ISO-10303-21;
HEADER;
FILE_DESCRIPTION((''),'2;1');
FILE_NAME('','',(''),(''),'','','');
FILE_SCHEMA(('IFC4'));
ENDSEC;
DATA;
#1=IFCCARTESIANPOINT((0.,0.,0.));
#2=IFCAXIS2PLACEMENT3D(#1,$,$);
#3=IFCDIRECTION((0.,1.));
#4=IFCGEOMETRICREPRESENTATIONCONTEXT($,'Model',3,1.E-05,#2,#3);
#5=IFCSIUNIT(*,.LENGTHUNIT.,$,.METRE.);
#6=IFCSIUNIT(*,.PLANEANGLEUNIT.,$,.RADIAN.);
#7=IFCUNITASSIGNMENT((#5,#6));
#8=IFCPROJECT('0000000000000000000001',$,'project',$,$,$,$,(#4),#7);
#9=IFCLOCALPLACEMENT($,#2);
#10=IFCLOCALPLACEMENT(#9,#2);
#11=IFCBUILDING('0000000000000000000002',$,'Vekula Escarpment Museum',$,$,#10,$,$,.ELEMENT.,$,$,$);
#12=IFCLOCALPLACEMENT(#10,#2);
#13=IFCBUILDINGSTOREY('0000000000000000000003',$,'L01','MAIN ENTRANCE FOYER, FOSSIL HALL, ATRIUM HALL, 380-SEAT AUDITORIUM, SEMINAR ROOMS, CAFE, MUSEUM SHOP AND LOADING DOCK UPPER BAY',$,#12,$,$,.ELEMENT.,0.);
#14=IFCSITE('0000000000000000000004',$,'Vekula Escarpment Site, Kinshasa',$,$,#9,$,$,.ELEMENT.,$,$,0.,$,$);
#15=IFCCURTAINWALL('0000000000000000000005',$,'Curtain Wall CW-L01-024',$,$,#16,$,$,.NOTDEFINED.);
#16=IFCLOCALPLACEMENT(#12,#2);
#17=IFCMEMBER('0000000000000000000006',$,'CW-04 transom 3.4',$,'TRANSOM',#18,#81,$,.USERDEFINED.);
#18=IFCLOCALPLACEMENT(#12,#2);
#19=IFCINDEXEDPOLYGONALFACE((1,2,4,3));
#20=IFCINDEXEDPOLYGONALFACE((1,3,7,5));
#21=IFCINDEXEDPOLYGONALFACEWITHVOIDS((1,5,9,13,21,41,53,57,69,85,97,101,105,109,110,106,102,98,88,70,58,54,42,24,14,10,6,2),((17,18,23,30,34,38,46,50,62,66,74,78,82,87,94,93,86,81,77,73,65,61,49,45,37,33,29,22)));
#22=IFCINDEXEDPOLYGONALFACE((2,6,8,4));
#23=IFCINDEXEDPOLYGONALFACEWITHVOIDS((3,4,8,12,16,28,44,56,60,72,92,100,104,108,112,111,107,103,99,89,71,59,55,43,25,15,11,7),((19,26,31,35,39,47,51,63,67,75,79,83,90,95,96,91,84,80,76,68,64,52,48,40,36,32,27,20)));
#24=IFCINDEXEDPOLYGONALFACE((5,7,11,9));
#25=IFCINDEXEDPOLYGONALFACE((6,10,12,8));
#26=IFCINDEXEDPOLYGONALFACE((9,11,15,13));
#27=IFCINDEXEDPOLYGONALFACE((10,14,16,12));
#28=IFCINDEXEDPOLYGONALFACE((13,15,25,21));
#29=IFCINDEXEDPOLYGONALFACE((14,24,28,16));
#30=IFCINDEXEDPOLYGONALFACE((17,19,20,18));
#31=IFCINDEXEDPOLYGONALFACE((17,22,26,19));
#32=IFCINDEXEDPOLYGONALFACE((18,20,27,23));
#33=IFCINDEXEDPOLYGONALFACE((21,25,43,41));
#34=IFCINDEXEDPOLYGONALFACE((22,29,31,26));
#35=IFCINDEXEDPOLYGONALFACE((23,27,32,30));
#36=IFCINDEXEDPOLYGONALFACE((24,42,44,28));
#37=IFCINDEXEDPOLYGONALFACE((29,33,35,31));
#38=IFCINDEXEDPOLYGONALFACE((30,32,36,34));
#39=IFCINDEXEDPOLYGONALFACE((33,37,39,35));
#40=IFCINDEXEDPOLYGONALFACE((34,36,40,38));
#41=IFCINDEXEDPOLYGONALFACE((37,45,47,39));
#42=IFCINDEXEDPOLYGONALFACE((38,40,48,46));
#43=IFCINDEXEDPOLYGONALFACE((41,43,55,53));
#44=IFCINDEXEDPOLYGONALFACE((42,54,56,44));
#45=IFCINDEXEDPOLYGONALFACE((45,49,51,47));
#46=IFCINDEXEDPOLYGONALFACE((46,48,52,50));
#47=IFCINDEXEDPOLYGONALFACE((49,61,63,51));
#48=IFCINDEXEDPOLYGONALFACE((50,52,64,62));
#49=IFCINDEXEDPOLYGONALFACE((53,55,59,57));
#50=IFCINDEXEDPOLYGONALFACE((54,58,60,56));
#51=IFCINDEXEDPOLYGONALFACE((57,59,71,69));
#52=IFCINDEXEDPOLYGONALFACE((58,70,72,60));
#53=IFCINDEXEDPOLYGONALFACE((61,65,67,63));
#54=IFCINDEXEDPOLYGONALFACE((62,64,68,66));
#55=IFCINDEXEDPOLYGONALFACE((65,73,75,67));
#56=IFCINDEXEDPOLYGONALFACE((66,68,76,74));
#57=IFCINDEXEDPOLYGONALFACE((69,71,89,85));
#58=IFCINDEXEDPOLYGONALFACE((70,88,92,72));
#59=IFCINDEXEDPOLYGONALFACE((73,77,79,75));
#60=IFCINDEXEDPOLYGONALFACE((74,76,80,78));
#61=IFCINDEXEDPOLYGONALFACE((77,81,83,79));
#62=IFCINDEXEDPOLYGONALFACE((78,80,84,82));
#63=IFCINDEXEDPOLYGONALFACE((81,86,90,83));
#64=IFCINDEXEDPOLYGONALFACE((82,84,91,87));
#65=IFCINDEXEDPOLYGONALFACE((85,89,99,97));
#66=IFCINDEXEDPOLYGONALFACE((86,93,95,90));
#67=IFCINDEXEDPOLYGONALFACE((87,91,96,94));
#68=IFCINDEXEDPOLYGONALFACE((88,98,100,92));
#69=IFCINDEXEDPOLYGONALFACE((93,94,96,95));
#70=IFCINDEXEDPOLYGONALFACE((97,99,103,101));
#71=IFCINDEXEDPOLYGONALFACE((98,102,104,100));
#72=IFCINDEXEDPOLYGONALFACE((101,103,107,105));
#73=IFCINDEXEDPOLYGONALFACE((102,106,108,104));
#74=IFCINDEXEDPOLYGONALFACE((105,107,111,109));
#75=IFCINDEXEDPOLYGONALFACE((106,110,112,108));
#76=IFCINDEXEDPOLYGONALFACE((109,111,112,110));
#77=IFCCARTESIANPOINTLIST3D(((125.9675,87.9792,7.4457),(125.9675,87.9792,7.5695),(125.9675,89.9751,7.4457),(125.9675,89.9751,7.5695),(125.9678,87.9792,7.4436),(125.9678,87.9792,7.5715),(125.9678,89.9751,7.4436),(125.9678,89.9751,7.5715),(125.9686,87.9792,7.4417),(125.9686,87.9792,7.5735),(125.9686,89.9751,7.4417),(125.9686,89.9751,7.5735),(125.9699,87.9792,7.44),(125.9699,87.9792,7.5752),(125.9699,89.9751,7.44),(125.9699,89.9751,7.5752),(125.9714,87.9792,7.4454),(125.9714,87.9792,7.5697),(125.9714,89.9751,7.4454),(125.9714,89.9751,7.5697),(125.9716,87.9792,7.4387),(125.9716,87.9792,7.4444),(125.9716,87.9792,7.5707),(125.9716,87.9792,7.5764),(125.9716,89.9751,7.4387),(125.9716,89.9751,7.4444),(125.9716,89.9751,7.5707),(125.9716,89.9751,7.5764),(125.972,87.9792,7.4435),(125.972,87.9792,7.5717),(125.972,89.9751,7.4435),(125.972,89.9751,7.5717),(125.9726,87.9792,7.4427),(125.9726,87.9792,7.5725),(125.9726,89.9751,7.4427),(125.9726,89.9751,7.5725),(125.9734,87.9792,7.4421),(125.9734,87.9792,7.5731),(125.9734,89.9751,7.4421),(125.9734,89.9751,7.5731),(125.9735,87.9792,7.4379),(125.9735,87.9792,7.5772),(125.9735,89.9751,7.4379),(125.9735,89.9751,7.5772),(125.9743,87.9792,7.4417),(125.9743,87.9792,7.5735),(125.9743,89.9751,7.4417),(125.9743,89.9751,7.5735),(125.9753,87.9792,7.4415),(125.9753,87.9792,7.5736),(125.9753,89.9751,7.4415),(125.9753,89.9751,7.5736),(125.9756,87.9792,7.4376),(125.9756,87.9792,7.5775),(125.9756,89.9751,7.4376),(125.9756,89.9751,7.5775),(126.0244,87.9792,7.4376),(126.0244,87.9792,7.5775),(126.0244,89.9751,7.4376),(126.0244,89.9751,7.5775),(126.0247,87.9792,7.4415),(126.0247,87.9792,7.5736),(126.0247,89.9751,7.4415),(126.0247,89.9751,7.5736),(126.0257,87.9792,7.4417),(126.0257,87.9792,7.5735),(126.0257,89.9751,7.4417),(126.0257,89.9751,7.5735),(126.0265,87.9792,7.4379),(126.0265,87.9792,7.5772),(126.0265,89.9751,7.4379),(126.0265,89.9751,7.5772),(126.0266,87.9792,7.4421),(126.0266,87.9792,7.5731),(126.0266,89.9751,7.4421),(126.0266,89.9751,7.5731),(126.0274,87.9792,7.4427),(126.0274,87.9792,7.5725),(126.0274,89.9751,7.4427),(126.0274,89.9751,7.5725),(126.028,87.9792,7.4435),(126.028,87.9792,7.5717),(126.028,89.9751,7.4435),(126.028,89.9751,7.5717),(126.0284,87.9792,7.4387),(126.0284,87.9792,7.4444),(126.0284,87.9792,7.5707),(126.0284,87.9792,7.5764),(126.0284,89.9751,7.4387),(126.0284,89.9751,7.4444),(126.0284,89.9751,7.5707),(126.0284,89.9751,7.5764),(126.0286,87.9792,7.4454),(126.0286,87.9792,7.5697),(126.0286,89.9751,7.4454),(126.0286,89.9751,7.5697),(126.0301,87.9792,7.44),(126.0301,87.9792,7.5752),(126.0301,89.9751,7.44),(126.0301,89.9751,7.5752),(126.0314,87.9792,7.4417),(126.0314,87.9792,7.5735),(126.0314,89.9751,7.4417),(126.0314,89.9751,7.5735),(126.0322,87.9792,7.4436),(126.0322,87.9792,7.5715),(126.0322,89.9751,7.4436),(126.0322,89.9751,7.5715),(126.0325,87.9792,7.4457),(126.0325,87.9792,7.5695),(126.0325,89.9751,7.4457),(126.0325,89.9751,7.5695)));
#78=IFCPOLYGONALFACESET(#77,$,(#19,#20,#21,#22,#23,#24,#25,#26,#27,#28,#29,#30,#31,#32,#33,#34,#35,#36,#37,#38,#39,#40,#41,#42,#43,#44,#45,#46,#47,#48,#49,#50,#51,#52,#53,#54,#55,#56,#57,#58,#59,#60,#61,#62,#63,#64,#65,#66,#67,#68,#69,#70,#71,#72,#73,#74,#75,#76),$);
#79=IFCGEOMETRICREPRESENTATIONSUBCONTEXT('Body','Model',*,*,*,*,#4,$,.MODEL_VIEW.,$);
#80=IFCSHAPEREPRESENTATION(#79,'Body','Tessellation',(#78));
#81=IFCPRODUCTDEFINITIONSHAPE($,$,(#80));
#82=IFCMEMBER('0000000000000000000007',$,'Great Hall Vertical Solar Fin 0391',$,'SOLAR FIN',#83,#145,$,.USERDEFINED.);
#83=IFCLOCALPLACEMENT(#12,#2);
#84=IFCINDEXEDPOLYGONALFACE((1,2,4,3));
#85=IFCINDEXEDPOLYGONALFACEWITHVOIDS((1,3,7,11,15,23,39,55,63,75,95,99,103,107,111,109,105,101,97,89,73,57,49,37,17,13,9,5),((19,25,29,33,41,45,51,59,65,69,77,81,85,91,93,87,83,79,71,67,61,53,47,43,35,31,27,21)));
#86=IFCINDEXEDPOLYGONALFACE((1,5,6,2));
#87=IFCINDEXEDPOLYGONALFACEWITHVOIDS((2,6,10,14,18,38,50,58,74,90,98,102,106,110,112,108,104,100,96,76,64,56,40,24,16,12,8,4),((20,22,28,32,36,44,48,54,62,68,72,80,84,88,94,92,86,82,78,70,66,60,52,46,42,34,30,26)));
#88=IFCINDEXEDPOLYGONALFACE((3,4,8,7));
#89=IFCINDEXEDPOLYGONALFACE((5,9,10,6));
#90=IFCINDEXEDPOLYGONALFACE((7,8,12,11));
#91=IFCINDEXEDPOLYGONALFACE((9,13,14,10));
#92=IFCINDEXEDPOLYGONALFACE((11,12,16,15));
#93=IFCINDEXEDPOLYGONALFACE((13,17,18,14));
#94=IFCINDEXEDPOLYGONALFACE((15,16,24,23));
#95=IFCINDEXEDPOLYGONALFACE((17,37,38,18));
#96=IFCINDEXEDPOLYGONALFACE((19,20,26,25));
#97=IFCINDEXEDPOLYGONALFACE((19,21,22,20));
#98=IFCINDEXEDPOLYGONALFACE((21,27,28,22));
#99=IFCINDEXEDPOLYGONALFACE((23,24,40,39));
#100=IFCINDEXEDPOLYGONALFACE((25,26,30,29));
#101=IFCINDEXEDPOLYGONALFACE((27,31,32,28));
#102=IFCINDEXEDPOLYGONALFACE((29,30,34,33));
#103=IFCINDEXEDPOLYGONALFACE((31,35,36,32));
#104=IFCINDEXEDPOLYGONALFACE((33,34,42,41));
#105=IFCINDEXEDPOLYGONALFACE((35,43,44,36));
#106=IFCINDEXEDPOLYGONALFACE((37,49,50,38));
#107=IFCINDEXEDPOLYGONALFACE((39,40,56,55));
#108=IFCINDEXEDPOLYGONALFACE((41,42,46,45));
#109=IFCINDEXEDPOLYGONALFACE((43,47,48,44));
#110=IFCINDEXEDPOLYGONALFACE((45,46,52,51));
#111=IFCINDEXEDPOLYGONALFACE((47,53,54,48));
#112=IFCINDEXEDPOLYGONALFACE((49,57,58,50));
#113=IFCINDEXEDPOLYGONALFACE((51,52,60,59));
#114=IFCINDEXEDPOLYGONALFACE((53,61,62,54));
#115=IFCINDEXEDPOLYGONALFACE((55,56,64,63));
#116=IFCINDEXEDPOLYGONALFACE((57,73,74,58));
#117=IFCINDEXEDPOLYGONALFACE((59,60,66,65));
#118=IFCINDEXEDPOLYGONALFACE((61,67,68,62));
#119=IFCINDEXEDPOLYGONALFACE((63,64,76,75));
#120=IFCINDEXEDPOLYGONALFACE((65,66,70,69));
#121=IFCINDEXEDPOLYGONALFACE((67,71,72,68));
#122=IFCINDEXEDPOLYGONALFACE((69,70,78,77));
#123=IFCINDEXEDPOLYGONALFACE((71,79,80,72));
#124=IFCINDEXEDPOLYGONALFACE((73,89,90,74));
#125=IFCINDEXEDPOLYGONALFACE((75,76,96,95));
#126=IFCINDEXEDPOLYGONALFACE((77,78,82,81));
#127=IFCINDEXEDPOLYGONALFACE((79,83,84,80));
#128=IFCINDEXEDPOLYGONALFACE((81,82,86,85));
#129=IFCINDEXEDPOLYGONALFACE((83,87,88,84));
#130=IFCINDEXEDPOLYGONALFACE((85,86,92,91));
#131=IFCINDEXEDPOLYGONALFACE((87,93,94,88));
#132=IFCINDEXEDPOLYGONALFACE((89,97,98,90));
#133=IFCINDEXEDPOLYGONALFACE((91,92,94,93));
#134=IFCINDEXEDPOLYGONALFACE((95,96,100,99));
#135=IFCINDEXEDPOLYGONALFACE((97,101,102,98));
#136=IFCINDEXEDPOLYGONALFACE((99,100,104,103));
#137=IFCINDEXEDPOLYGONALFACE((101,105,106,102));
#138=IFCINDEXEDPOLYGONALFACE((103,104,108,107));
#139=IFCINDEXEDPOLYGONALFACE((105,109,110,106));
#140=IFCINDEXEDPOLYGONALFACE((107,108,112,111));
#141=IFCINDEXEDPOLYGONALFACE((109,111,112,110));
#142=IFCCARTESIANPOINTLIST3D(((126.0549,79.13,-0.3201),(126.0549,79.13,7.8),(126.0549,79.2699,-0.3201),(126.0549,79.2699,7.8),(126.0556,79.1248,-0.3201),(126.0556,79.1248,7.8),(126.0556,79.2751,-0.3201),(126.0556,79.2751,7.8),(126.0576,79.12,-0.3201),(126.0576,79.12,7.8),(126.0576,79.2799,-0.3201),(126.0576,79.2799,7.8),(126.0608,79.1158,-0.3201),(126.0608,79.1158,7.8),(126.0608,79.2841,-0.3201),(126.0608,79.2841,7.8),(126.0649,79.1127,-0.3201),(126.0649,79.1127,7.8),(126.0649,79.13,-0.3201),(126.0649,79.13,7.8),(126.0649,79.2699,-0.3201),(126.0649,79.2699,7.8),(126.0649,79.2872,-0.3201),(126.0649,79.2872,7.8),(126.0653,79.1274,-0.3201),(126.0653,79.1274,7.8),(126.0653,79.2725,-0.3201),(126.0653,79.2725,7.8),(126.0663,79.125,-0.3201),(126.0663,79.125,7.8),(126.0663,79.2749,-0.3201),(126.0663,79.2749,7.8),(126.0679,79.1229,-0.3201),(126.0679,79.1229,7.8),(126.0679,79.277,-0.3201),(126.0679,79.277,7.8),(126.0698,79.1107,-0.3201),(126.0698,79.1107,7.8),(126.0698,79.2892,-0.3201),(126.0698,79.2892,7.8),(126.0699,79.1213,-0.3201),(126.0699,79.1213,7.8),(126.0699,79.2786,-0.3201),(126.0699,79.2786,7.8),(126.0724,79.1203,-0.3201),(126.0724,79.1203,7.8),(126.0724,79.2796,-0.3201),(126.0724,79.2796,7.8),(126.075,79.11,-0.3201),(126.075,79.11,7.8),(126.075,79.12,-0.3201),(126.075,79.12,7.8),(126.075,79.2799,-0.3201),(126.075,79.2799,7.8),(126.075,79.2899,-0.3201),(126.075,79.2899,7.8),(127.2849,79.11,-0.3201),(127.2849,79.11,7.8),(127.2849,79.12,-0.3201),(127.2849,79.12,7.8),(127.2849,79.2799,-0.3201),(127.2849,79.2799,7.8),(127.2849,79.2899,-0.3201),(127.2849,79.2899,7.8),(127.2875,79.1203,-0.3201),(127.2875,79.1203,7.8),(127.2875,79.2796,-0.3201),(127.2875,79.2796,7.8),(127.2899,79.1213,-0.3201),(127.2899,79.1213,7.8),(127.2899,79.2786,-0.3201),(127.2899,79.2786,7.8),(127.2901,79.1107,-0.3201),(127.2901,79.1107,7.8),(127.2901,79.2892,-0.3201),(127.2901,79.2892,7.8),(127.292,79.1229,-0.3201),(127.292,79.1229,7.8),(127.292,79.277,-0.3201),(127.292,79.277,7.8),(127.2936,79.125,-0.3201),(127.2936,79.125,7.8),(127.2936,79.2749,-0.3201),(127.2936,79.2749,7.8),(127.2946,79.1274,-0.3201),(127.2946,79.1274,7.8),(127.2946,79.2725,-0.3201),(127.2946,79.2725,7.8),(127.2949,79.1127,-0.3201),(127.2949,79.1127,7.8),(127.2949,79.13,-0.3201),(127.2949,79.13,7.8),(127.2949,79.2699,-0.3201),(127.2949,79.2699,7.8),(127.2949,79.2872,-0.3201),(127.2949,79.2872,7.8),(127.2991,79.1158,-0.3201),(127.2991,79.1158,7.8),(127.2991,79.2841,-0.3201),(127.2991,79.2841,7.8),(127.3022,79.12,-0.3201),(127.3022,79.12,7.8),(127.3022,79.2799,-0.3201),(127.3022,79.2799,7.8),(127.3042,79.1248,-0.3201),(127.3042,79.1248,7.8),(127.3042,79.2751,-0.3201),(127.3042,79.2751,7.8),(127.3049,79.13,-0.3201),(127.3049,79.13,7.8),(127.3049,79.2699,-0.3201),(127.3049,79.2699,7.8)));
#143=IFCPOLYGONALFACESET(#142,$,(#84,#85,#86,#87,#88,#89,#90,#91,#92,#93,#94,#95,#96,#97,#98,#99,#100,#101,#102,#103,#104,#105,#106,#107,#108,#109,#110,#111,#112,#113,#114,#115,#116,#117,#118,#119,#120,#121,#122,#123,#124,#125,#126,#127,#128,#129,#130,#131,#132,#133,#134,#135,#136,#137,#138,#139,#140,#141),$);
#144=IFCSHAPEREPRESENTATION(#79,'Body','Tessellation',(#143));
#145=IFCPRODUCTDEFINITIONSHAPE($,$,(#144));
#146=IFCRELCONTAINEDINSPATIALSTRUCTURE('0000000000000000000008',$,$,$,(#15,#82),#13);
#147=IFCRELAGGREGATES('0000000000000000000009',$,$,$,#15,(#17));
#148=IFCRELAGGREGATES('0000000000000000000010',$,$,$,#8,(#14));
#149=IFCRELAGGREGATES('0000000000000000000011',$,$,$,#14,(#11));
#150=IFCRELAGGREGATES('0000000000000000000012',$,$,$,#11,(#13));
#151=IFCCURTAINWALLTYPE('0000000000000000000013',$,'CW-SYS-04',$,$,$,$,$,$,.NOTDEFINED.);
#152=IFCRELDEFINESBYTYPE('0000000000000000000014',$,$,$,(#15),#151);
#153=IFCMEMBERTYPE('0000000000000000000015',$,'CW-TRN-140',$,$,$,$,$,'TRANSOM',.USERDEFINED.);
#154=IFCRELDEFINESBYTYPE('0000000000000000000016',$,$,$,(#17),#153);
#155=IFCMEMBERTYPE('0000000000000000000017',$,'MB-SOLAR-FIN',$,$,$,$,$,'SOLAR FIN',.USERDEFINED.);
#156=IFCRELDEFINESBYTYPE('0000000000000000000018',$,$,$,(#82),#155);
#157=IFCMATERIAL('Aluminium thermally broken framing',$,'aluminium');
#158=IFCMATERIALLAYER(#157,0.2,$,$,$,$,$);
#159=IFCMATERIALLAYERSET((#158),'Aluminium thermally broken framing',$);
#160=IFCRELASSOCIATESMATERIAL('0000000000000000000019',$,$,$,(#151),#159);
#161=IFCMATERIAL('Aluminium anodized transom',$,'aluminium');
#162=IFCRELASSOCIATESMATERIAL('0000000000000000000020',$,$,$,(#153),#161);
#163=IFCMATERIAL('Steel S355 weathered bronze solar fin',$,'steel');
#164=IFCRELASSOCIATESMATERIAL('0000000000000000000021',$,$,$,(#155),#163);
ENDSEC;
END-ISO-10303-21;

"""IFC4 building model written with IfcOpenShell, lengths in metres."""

from ifc_helpers import new_model, si_unit, direction, frame, origin, origin_2d, place, context, subcontext, project, spatial, hollow_rectangle, extrude, material, layer, layer_set, material_profile, profile_set, type_object, element, aggregate, save


model = new_model("IFC4")

# Units and contexts
model_context = context("Model", 3, precision=1e-05, world=origin(), true_north=direction((0.0, 1.0)))
body_context = subcontext(model_context, "Body", "Model", "MODEL_VIEW")
ifc_project = project(units=[si_unit("LENGTHUNIT", "METRE"), si_unit("PLANEANGLEUNIT", "RADIAN")], contexts=[model_context])

# Site, building, storey
site_placement = place(None, origin())
site = spatial("IfcSite", under=ifc_project, at=site_placement, Name="Vekula Escarpment Site, Kinshasa", CompositionType="ELEMENT", RefElevation=0.0)
building_placement = place(site_placement, origin())
building = spatial("IfcBuilding", under=site, at=building_placement, Name="Vekula Escarpment Museum", CompositionType="ELEMENT")
storey_placement = place(building_placement, origin())
storey = spatial("IfcBuildingStorey", under=building, at=storey_placement, Name="L01", Description="MAIN ENTRANCE FOYER, FOSSIL HALL, ATRIUM HALL, 380-SEAT AUDITORIUM, SEMINAR ROOMS, CAFE, MUSEUM SHOP AND LOADING DOCK UPPER BAY", CompositionType="ELEMENT", Elevation=0.0)

# Curtain wall, member
ifc_material_1 = material(Name="Aluminium thermally broken framing", Category="aluminium")
ifc_layer_1 = layer(ifc_material_1, 0.2)
ifc_layer_set_1 = layer_set([ifc_layer_1], Name="Aluminium thermally broken framing")
curtain_wall_type = type_object("IfcCurtainWallType", Name="CW-SYS-04", PredefinedType="NOTDEFINED", material=ifc_layer_set_1)
curtain_wall_placement = place(storey_placement, origin())
curtain_wall = element("IfcCurtainWall", 1, at=curtain_wall_placement, inside=storey, type_object=curtain_wall_type, Name="Curtain Wall CW-L01-024", PredefinedType="NOTDEFINED")
ifc_material_2 = material(Name="Aluminium anodized transom", Category="aluminium")
ifc_material_profile_1 = material_profile(ifc_material_2, hollow_rectangle(XDim=0.0649, YDim=0.1399, WallThickness=0.0039, InnerFilletRadius=0.0039, OuterFilletRadius=0.0081, at=origin_2d()), Name="ALU 140x65x4")
ifc_profile_set_1 = profile_set([ifc_material_profile_1], Name="Aluminium anodized transom")
member_type_1 = type_object("IfcMemberType", Name="CW-TRN-140", ElementType="TRANSOM", PredefinedType="USERDEFINED", material=ifc_profile_set_1)
member_1_placement = place(storey_placement, frame((126.0, 87.9792, 7.5076), z_axis=(0.0, 1.0, 0.0), x_axis=(-1.0, 0.0, 0.0)))
member_1 = element("IfcMember", 2, at=member_1_placement, type_object=member_type_1, Name="CW-04 transom 3.4", ObjectType="TRANSOM", PredefinedType="USERDEFINED", context=body_context, shape_type="SweptSolid", body=[
    extrude(hollow_rectangle(XDim=0.0649, YDim=0.1399, WallThickness=0.0039, InnerFilletRadius=0.0039, OuterFilletRadius=0.0081, at=origin_2d()), origin(), (0.0, 0.0, 1.0), 1.9958),
])

# Member
ifc_material_3 = material(Name="Steel S355 weathered bronze solar fin", Category="steel")
ifc_material_profile_2 = material_profile(ifc_material_3, hollow_rectangle(XDim=0.1799, YDim=1.25, WallThickness=0.01, InnerFilletRadius=0.01, OuterFilletRadius=0.02, at=origin_2d()), Name="RHS 1250x180x10")
ifc_profile_set_2 = profile_set([ifc_material_profile_2], Name="Steel S355 weathered bronze solar fin")
member_type_2 = type_object("IfcMemberType", Name="MB-SOLAR-FIN", ElementType="SOLAR FIN", PredefinedType="USERDEFINED", material=ifc_profile_set_2)
for number, where, z_axis, x_axis, name in (
    (3, (126.6799, 79.2, -0.3201), (0.0, 0.0, 1.0), (0.0, 1.0, 0.0), "Great Hall Vertical Solar Fin 0391"),
):
    element("IfcMember", number, at=place(storey_placement, frame(where, z_axis=z_axis, x_axis=x_axis)), inside=storey, type_object=member_type_2, Name=name, ObjectType="SOLAR FIN", PredefinedType="USERDEFINED", context=body_context, shape_type="SweptSolid", body=[
        extrude(hollow_rectangle(XDim=0.1799, YDim=1.25, WallThickness=0.01, InnerFilletRadius=0.01, OuterFilletRadius=0.02, at=origin_2d()), origin(), (0.0, 0.0, 1.0), 8.1201),
    ])

aggregate(curtain_wall, [member_1])

save(model, "model.ifc")
